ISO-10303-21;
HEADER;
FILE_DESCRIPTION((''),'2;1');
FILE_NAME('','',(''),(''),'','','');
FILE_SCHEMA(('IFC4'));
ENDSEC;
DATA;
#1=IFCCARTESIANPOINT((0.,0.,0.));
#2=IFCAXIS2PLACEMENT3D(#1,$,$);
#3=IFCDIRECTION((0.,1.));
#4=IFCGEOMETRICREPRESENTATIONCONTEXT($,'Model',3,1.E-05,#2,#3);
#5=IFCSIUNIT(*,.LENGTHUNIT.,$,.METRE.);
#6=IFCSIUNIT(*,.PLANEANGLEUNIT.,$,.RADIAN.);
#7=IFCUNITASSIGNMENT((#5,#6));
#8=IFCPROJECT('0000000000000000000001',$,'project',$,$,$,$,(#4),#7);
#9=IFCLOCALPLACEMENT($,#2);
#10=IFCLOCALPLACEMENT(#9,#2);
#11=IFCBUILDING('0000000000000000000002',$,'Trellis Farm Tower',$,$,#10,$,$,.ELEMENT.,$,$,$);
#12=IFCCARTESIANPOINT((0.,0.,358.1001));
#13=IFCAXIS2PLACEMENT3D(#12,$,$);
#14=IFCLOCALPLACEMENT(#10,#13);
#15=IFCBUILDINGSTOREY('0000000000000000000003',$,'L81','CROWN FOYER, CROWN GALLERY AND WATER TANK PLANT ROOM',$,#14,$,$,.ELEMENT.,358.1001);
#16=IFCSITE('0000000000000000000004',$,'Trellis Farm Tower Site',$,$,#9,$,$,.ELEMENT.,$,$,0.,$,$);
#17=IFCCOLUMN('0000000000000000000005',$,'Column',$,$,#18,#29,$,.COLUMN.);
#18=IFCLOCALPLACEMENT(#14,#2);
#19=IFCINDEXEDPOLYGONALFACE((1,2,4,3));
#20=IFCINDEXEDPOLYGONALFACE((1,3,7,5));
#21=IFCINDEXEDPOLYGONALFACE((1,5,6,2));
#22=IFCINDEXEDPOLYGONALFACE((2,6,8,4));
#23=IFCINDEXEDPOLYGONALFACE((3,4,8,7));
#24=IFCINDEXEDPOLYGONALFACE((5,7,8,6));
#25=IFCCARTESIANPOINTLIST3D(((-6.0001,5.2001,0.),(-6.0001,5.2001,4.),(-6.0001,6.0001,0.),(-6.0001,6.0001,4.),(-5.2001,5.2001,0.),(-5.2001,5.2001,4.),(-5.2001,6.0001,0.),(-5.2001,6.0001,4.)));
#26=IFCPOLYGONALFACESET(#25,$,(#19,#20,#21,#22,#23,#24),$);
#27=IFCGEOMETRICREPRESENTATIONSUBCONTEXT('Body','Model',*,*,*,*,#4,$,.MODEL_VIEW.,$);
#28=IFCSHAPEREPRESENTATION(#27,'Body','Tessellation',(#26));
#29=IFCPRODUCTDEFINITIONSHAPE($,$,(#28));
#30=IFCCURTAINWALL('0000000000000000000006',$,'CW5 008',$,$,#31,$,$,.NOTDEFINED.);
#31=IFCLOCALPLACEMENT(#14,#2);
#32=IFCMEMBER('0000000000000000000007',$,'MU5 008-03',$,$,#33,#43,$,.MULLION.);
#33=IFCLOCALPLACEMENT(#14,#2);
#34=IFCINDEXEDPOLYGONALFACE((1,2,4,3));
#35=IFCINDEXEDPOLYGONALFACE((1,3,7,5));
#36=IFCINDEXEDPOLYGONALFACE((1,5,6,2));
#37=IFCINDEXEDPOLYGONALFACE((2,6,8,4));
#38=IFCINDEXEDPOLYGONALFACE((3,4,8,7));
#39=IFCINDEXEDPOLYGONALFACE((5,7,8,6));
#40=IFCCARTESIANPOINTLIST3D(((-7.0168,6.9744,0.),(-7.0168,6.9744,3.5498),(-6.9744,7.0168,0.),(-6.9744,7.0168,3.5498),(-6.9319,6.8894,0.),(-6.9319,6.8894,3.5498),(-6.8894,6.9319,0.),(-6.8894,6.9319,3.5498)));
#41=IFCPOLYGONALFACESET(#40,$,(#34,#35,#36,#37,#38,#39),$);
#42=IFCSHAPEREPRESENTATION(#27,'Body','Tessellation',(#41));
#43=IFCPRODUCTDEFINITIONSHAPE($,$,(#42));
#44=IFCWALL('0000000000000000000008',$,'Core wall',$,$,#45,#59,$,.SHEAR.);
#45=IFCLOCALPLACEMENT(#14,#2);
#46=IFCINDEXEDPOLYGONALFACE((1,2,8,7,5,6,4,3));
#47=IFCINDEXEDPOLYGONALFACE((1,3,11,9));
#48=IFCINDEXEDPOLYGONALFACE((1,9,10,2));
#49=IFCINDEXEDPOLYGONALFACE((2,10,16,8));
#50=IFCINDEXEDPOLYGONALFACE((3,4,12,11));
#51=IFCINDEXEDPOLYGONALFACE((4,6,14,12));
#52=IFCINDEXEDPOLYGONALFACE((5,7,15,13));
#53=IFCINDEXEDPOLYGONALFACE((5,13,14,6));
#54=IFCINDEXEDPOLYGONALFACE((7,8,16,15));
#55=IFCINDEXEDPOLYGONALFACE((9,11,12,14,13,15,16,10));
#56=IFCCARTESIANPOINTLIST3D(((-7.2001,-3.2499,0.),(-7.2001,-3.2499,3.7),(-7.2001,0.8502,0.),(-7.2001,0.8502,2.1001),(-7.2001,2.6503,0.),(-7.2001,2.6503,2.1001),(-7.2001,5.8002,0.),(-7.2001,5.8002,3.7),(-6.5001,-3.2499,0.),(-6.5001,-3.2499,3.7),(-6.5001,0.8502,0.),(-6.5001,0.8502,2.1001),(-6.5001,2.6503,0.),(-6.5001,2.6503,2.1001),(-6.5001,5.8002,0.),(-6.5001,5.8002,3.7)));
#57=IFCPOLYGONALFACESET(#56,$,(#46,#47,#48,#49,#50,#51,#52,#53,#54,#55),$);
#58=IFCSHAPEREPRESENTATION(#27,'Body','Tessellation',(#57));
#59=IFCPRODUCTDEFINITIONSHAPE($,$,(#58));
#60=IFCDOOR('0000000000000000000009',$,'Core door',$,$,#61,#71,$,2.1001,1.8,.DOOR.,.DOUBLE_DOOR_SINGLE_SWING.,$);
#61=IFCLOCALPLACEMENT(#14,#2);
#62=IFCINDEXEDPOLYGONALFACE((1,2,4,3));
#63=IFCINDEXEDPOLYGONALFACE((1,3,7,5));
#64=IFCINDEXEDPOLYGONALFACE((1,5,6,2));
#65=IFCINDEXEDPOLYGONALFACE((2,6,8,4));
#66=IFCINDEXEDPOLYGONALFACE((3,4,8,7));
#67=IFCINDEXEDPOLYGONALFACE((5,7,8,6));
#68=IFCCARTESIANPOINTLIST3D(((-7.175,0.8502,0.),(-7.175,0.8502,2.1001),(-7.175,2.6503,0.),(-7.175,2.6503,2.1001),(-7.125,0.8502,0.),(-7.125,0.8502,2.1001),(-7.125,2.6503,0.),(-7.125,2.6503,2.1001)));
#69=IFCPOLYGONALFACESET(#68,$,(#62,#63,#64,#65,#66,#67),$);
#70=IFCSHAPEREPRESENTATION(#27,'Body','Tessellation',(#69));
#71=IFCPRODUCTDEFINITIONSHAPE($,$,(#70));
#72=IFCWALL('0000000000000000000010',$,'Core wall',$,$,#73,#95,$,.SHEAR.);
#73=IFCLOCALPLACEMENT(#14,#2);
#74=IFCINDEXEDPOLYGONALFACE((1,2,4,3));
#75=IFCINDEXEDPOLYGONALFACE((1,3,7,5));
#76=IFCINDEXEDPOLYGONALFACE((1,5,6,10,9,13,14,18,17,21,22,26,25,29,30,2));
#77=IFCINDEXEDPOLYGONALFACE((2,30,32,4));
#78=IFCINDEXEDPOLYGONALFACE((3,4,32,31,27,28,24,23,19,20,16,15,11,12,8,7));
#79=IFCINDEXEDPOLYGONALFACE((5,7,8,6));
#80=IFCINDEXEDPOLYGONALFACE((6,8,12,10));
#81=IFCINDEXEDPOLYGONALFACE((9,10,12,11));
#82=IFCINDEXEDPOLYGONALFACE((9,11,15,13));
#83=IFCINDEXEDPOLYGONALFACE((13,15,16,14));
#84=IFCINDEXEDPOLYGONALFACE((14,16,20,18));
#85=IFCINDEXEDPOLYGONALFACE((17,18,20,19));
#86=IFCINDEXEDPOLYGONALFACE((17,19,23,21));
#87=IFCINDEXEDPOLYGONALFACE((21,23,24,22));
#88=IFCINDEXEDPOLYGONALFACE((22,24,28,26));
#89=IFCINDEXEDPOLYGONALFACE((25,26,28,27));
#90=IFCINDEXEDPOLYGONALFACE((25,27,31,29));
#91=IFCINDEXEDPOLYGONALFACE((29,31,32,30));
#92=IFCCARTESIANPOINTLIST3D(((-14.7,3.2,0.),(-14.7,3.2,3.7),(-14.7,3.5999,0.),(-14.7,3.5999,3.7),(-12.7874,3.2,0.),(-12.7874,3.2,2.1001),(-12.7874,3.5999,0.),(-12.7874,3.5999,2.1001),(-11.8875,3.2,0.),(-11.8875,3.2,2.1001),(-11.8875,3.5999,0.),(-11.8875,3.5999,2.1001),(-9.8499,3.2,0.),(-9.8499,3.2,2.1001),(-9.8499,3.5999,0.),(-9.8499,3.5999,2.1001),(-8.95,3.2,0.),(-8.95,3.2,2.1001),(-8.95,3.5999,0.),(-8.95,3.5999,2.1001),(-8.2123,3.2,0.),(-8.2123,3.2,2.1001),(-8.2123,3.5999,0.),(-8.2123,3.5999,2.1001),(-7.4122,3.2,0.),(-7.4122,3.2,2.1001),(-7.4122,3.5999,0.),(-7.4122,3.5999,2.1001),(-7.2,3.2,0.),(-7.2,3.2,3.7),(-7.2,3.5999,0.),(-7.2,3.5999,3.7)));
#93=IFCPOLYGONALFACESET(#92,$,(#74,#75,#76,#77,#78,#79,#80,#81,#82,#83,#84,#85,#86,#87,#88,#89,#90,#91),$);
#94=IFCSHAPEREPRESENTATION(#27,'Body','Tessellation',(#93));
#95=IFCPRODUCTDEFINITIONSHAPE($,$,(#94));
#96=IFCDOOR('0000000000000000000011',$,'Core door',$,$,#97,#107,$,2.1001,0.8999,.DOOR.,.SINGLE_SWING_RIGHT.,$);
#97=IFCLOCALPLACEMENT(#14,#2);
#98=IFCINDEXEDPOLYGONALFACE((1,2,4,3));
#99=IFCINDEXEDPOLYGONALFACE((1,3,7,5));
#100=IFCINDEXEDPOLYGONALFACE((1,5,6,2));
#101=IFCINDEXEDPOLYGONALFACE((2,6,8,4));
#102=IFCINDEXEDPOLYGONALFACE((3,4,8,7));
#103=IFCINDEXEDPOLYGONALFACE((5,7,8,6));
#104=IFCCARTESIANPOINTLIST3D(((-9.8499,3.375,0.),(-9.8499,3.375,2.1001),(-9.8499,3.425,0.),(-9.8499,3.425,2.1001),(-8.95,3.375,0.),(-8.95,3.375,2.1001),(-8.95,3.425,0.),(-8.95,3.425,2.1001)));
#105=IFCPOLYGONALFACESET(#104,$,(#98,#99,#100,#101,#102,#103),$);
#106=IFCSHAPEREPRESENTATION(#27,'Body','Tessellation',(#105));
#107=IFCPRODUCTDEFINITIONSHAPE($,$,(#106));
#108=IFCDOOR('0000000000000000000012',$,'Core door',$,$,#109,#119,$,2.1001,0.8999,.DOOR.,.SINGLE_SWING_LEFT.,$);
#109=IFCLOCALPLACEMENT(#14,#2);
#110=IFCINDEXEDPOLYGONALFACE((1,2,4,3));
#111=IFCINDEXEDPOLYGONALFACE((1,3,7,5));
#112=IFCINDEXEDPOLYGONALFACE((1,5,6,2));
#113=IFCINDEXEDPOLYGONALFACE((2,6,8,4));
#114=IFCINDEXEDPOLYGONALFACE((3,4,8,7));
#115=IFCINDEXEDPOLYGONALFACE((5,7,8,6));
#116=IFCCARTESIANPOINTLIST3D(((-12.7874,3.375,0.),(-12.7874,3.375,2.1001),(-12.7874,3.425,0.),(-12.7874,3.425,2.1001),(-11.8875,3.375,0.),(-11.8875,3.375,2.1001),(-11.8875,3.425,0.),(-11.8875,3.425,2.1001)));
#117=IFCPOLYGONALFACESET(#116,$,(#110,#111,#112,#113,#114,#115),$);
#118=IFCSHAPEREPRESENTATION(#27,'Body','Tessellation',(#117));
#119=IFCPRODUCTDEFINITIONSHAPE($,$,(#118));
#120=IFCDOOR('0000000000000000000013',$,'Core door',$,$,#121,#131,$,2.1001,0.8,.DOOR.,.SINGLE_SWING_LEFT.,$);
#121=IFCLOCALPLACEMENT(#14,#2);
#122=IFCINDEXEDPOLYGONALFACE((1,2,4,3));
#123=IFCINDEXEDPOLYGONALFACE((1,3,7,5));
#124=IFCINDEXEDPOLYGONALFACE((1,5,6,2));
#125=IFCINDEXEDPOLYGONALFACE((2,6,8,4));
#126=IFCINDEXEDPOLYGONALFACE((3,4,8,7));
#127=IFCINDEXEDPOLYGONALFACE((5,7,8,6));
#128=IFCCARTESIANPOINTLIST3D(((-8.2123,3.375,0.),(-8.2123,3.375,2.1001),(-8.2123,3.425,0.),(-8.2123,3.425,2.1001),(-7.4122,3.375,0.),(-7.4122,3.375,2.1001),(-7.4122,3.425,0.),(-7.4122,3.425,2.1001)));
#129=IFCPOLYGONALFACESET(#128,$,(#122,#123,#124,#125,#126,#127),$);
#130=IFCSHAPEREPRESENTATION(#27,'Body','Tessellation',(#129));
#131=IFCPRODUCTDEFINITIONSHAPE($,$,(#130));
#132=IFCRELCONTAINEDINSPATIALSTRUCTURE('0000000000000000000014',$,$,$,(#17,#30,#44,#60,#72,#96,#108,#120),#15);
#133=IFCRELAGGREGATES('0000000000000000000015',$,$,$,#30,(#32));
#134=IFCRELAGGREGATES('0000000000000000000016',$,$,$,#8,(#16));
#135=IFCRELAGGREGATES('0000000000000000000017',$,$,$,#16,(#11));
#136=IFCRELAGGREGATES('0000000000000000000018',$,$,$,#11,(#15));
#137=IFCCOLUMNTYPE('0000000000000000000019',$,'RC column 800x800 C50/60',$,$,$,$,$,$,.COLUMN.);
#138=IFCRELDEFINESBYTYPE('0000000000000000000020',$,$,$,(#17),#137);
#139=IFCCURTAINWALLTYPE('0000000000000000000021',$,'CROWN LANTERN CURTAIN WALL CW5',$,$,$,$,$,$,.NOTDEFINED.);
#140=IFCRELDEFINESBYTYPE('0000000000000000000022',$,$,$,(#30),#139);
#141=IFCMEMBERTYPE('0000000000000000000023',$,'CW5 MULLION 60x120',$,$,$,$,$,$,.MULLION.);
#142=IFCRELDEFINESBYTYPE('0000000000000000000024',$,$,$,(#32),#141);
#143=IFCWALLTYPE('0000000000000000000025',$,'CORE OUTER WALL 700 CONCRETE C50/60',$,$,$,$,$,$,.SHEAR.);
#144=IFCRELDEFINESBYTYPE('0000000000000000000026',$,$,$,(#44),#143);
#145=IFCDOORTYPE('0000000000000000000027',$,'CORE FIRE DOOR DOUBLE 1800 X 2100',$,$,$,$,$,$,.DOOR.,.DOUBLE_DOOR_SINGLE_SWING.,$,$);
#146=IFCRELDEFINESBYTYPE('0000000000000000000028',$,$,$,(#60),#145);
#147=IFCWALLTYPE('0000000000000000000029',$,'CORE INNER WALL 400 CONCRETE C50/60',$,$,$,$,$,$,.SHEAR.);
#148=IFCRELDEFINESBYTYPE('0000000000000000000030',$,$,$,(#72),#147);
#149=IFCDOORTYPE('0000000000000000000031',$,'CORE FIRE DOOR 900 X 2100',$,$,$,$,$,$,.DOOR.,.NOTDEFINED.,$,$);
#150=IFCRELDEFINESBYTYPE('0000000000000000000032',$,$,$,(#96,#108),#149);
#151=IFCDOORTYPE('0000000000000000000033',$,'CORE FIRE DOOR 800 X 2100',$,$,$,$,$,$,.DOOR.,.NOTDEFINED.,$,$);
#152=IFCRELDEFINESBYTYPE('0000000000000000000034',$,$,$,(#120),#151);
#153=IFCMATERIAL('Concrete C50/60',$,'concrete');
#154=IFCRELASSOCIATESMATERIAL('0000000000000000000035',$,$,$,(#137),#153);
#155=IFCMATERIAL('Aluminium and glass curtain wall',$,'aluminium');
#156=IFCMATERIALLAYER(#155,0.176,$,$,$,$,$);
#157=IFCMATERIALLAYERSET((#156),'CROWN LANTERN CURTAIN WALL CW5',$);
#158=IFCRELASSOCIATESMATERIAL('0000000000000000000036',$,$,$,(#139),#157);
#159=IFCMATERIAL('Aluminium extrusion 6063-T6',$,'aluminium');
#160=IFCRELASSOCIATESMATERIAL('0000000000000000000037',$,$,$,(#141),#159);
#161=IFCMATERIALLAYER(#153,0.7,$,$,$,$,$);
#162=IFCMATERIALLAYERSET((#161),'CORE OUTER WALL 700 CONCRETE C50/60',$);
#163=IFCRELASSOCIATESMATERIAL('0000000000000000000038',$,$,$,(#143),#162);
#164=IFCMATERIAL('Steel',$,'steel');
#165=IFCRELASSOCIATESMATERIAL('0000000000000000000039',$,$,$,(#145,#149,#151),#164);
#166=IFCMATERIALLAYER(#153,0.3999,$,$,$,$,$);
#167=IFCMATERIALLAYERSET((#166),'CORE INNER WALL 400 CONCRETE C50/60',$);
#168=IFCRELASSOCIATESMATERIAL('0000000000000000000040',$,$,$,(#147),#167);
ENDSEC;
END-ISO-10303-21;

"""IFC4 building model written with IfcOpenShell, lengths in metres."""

from ifc_helpers import new_model, si_unit, direction, frame, frame_2d, origin, origin_2d, place, context, subcontext, project, spatial, rectangle, extrude, source, transform, mapped, material, layer, layer_set, material_profile, profile_set, type_object, element, fill, aggregate, save


model = new_model("IFC4")

# Units and contexts
model_context = context("Model", 3, precision=1e-05, world=origin(), true_north=direction((0.0, 1.0)))
body_context = subcontext(model_context, "Body", "Model", "MODEL_VIEW")
ifc_project = project(units=[si_unit("LENGTHUNIT", "METRE"), si_unit("PLANEANGLEUNIT", "RADIAN")], contexts=[model_context])

# Site, building, storey
site_placement = place(None, origin())
site = spatial("IfcSite", under=ifc_project, at=site_placement, Name="Trellis Farm Tower Site", CompositionType="ELEMENT", RefElevation=0.0)
building_placement = place(site_placement, origin())
building = spatial("IfcBuilding", under=site, at=building_placement, Name="Trellis Farm Tower", CompositionType="ELEMENT")
storey_placement = place(building_placement, frame((0.0, 0.0, 358.1001)))
storey = spatial("IfcBuildingStorey", under=building, at=storey_placement, Name="L81", Description="CROWN FOYER, CROWN GALLERY AND WATER TANK PLANT ROOM", CompositionType="ELEMENT", Elevation=358.1001)

# Column
ifc_material_1 = material(Name="Concrete C50/60", Category="concrete")
ifc_material_profile_1 = material_profile(ifc_material_1, rectangle(XDim=0.8, YDim=0.8, at=origin_2d()), Name="RC column 800x800 C50/60")
ifc_profile_set_1 = profile_set([ifc_material_profile_1], Name="Concrete C50/60")
column_type = type_object("IfcColumnType", Name="RC column 800x800 C50/60", PredefinedType="COLUMN", material=ifc_profile_set_1)
shared_shape_1 = source(origin(), body_context, "Body", "SweptSolid", [
    extrude(rectangle(XDim=0.8, YDim=0.8, at=origin_2d()), origin(), (0.0, 0.0, 1.0), 4.0),
])
column_placement = place(storey_placement, frame((-5.6001, 5.6001, 0.0), z_axis=(0.0, 0.0, 1.0), x_axis=(1.0, 0.0, 0.0)))
element("IfcColumn", 1, at=column_placement, inside=storey, type_object=column_type, Name="Column", PredefinedType="COLUMN", context=body_context, shape_type="MappedRepresentation", body=[
    mapped(shared_shape_1, transform((0.0, 0.0, 0.0))),
])

# Curtain wall, member
ifc_material_2 = material(Name="Aluminium and glass curtain wall", Category="aluminium")
ifc_layer_1 = layer(ifc_material_2, 0.176)
ifc_layer_set_1 = layer_set([ifc_layer_1], Name="CROWN LANTERN CURTAIN WALL CW5")
curtain_wall_type = type_object("IfcCurtainWallType", Name="CROWN LANTERN CURTAIN WALL CW5", PredefinedType="NOTDEFINED", material=ifc_layer_set_1)
curtain_wall_placement = place(storey_placement, origin())
curtain_wall = element("IfcCurtainWall", 2, at=curtain_wall_placement, inside=storey, type_object=curtain_wall_type, Name="CW5 008", PredefinedType="NOTDEFINED")
ifc_material_3 = material(Name="Aluminium extrusion 6063-T6", Category="aluminium")
ifc_material_profile_2 = material_profile(ifc_material_3, rectangle(XDim=0.0601, YDim=0.1201, at=origin_2d()), Name="MULLION 60x120")
ifc_profile_set_2 = profile_set([ifc_material_profile_2], Name="Aluminium extrusion 6063-T6")
member_type = type_object("IfcMemberType", Name="CW5 MULLION 60x120", PredefinedType="MULLION", material=ifc_profile_set_2)
shared_shape_2 = source(origin(), body_context, "Body", "SweptSolid", [
    extrude(rectangle(XDim=0.0601, YDim=0.1201, at=origin_2d()), origin(), (0.0, 0.0, 1.0), 3.5498),
])
member_placement = place(storey_placement, frame((-6.9531, 6.9531, 0.0), z_axis=(0.0, 0.0, 1.0), x_axis=(-0.707107, -0.707107, 0.0)))
member = element("IfcMember", 3, at=member_placement, type_object=member_type, Name="MU5 008-03", PredefinedType="MULLION", context=body_context, shape_type="MappedRepresentation", body=[
    mapped(shared_shape_2, transform((0.0, 0.0, 0.0))),
])
aggregate(curtain_wall, [member])

# Wall, opening, door
ifc_layer_2 = layer(ifc_material_1, 0.7)
ifc_layer_set_2 = layer_set([ifc_layer_2], Name="CORE OUTER WALL 700 CONCRETE C50/60")
wall_type_1 = type_object("IfcWallType", Name="CORE OUTER WALL 700 CONCRETE C50/60", PredefinedType="SHEAR", material=ifc_layer_set_2)
shared_shape_3 = source(origin(), body_context, "Body", "SweptSolid", [
    extrude(rectangle(XDim=9.05, YDim=0.7, at=frame_2d((4.5249, 0.0))), origin(), (0.0, 0.0, 1.0), 3.7),
])
wall_1_placement = place(storey_placement, frame((-6.8501, 5.8, 0.0), z_axis=(0.0, 0.0, 1.0), x_axis=(0.0, -1.0, 0.0)))
wall_1 = element("IfcWall", 4, at=wall_1_placement, inside=storey, type_object=wall_type_1, Name="Core wall", PredefinedType="SHEAR", context=body_context, shape_type="MappedRepresentation", body=[
    mapped(shared_shape_3, transform((0.0, 0.0, 0.0))),
])
shared_shape_4 = source(origin(), body_context, "Body", "SweptSolid", [
    extrude(rectangle(XDim=1.8, YDim=2.1001, at=frame_2d((0.8999, 1.05))), frame((0.0, 0.3601, 0.0), z_axis=(0.0, -1.0, 0.0), x_axis=(1.0, 0.0, 0.0)), (0.0, 0.0, 1.0), 0.7202),
])
opening_1_placement = place(wall_1_placement, frame((3.1499, 0.0, 0.0)))
opening_1 = element("IfcOpeningElement", 5, at=opening_1_placement, cuts=wall_1, PredefinedType="OPENING", context=body_context, shape_type="MappedRepresentation", body=[
    mapped(shared_shape_4, transform((0.0, 0.0, 0.0))),
])
ifc_material_4 = material(Name="Steel", Category="steel")
door_type_1 = type_object("IfcDoorType", Name="CORE FIRE DOOR DOUBLE 1800 X 2100", OperationType="DOUBLE_DOOR_SINGLE_SWING", PredefinedType="DOOR", material=ifc_material_4)
shared_shape_5 = source(origin(), body_context, "Body", "SweptSolid", [
    extrude(rectangle(XDim=1.8, YDim=2.1001, at=frame_2d((0.8999, 1.05))), frame((0.0, -0.2749, 0.0), z_axis=(0.0, -1.0, 0.0), x_axis=(1.0, 0.0, 0.0)), (0.0, 0.0, 1.0), 0.05),
])
door_1_placement = place(opening_1_placement, origin())
door_1 = element("IfcDoor", 6, at=door_1_placement, inside=storey, type_object=door_type_1, Name="Core door", OperationType="DOUBLE_DOOR_SINGLE_SWING", OverallHeight=2.1001, OverallWidth=1.8, PredefinedType="DOOR", context=body_context, shape_type="MappedRepresentation", body=[
    mapped(shared_shape_5, transform((0.0, 0.0, 0.0))),
])
fill(opening_1, door_1)

# Wall, openings, doors
ifc_layer_3 = layer(ifc_material_1, 0.3999)
ifc_layer_set_3 = layer_set([ifc_layer_3], Name="CORE INNER WALL 400 CONCRETE C50/60")
wall_type_2 = type_object("IfcWallType", Name="CORE INNER WALL 400 CONCRETE C50/60", PredefinedType="SHEAR", material=ifc_layer_set_3)
shared_shape_6 = source(origin(), body_context, "Body", "SweptSolid", [
    extrude(rectangle(XDim=7.5, YDim=0.3999, at=frame_2d((3.75, 0.0))), origin(), (0.0, 0.0, 1.0), 3.7),
])
wall_2_placement = place(storey_placement, frame((-7.2, 3.3999, 0.0), z_axis=(0.0, 0.0, 1.0), x_axis=(-1.0, 0.0, 0.0)))
wall_2 = element("IfcWall", 7, at=wall_2_placement, inside=storey, type_object=wall_type_2, Name="Core wall", PredefinedType="SHEAR", context=body_context, shape_type="MappedRepresentation", body=[
    mapped(shared_shape_6, transform((0.0, 0.0, 0.0))),
])
shared_shape_7 = source(origin(), body_context, "Body", "SweptSolid", [
    extrude(rectangle(XDim=0.8, YDim=2.1001, at=frame_2d((0.3999, 1.05))), frame((0.0, 0.21, 0.0), z_axis=(0.0, -1.0, 0.0), x_axis=(1.0, 0.0, 0.0)), (0.0, 0.0, 1.0), 0.4199),
])
opening_2_placement = place(wall_2_placement, frame((0.2124, 0.0, 0.0)))
opening_2 = element("IfcOpeningElement", 8, at=opening_2_placement, cuts=wall_2, PredefinedType="OPENING", context=body_context, shape_type="MappedRepresentation", body=[
    mapped(shared_shape_7, transform((0.0, 0.0, 0.0))),
])
shared_shape_8 = source(origin(), body_context, "Body", "SweptSolid", [
    extrude(rectangle(XDim=0.8999, YDim=2.1001, at=frame_2d((0.45, 1.05))), frame((0.0, 0.21, 0.0), z_axis=(0.0, -1.0, 0.0), x_axis=(1.0, 0.0, 0.0)), (0.0, 0.0, 1.0), 0.4199),
])
opening_3_placement = place(wall_2_placement, frame((1.75, 0.0, 0.0)))
opening_3 = element("IfcOpeningElement", 9, at=opening_3_placement, cuts=wall_2, PredefinedType="OPENING", context=body_context, shape_type="MappedRepresentation", body=[
    mapped(shared_shape_8, transform((0.0, 0.0, 0.0))),
])
opening_4_placement = place(wall_2_placement, frame((4.6875, 0.0, 0.0)))
opening_4 = element("IfcOpeningElement", 10, at=opening_4_placement, cuts=wall_2, PredefinedType="OPENING", context=body_context, shape_type="MappedRepresentation", body=[
    mapped(shared_shape_8, transform((0.0, 0.0, 0.0))),
])
door_type_2 = type_object("IfcDoorType", Name="CORE FIRE DOOR 900 X 2100", OperationType="NOTDEFINED", PredefinedType="DOOR", material=ifc_material_4)
shared_shape_9 = source(origin(), body_context, "Body", "SweptSolid", [
    extrude(rectangle(XDim=0.8999, YDim=2.1001, at=frame_2d((0.45, 1.05))), frame((0.0, 0.0249, 0.0), z_axis=(0.0, -1.0, 0.0), x_axis=(1.0, 0.0, 0.0)), (0.0, 0.0, 1.0), 0.05),
])
door_2_placement = place(opening_3_placement, origin())
door_2 = element("IfcDoor", 11, at=door_2_placement, inside=storey, type_object=door_type_2, Name="Core door", OperationType="SINGLE_SWING_RIGHT", OverallHeight=2.1001, OverallWidth=0.8999, PredefinedType="DOOR", context=body_context, shape_type="MappedRepresentation", body=[
    mapped(shared_shape_9, transform((0.0, 0.0, 0.0))),
])
fill(opening_3, door_2)
door_3_placement = place(opening_4_placement, origin())
door_3 = element("IfcDoor", 12, at=door_3_placement, inside=storey, type_object=door_type_2, Name="Core door", OperationType="SINGLE_SWING_LEFT", OverallHeight=2.1001, OverallWidth=0.8999, PredefinedType="DOOR", context=body_context, shape_type="MappedRepresentation", body=[
    mapped(shared_shape_9, transform((0.0, 0.0, 0.0))),
])
fill(opening_4, door_3)
door_type_3 = type_object("IfcDoorType", Name="CORE FIRE DOOR 800 X 2100", OperationType="NOTDEFINED", PredefinedType="DOOR", material=ifc_material_4)
shared_shape_10 = source(origin(), body_context, "Body", "SweptSolid", [
    extrude(rectangle(XDim=0.8, YDim=2.1001, at=frame_2d((0.3999, 1.05))), frame((0.0, 0.0249, 0.0), z_axis=(0.0, -1.0, 0.0), x_axis=(1.0, 0.0, 0.0)), (0.0, 0.0, 1.0), 0.05),
])
door_4_placement = place(opening_2_placement, origin())
door_4 = element("IfcDoor", 13, at=door_4_placement, inside=storey, type_object=door_type_3, Name="Core door", OperationType="SINGLE_SWING_LEFT", OverallHeight=2.1001, OverallWidth=0.8, PredefinedType="DOOR", context=body_context, shape_type="MappedRepresentation", body=[
    mapped(shared_shape_10, transform((0.0, 0.0, 0.0))),
])
fill(opening_2, door_4)

save(model, "model.ifc")
